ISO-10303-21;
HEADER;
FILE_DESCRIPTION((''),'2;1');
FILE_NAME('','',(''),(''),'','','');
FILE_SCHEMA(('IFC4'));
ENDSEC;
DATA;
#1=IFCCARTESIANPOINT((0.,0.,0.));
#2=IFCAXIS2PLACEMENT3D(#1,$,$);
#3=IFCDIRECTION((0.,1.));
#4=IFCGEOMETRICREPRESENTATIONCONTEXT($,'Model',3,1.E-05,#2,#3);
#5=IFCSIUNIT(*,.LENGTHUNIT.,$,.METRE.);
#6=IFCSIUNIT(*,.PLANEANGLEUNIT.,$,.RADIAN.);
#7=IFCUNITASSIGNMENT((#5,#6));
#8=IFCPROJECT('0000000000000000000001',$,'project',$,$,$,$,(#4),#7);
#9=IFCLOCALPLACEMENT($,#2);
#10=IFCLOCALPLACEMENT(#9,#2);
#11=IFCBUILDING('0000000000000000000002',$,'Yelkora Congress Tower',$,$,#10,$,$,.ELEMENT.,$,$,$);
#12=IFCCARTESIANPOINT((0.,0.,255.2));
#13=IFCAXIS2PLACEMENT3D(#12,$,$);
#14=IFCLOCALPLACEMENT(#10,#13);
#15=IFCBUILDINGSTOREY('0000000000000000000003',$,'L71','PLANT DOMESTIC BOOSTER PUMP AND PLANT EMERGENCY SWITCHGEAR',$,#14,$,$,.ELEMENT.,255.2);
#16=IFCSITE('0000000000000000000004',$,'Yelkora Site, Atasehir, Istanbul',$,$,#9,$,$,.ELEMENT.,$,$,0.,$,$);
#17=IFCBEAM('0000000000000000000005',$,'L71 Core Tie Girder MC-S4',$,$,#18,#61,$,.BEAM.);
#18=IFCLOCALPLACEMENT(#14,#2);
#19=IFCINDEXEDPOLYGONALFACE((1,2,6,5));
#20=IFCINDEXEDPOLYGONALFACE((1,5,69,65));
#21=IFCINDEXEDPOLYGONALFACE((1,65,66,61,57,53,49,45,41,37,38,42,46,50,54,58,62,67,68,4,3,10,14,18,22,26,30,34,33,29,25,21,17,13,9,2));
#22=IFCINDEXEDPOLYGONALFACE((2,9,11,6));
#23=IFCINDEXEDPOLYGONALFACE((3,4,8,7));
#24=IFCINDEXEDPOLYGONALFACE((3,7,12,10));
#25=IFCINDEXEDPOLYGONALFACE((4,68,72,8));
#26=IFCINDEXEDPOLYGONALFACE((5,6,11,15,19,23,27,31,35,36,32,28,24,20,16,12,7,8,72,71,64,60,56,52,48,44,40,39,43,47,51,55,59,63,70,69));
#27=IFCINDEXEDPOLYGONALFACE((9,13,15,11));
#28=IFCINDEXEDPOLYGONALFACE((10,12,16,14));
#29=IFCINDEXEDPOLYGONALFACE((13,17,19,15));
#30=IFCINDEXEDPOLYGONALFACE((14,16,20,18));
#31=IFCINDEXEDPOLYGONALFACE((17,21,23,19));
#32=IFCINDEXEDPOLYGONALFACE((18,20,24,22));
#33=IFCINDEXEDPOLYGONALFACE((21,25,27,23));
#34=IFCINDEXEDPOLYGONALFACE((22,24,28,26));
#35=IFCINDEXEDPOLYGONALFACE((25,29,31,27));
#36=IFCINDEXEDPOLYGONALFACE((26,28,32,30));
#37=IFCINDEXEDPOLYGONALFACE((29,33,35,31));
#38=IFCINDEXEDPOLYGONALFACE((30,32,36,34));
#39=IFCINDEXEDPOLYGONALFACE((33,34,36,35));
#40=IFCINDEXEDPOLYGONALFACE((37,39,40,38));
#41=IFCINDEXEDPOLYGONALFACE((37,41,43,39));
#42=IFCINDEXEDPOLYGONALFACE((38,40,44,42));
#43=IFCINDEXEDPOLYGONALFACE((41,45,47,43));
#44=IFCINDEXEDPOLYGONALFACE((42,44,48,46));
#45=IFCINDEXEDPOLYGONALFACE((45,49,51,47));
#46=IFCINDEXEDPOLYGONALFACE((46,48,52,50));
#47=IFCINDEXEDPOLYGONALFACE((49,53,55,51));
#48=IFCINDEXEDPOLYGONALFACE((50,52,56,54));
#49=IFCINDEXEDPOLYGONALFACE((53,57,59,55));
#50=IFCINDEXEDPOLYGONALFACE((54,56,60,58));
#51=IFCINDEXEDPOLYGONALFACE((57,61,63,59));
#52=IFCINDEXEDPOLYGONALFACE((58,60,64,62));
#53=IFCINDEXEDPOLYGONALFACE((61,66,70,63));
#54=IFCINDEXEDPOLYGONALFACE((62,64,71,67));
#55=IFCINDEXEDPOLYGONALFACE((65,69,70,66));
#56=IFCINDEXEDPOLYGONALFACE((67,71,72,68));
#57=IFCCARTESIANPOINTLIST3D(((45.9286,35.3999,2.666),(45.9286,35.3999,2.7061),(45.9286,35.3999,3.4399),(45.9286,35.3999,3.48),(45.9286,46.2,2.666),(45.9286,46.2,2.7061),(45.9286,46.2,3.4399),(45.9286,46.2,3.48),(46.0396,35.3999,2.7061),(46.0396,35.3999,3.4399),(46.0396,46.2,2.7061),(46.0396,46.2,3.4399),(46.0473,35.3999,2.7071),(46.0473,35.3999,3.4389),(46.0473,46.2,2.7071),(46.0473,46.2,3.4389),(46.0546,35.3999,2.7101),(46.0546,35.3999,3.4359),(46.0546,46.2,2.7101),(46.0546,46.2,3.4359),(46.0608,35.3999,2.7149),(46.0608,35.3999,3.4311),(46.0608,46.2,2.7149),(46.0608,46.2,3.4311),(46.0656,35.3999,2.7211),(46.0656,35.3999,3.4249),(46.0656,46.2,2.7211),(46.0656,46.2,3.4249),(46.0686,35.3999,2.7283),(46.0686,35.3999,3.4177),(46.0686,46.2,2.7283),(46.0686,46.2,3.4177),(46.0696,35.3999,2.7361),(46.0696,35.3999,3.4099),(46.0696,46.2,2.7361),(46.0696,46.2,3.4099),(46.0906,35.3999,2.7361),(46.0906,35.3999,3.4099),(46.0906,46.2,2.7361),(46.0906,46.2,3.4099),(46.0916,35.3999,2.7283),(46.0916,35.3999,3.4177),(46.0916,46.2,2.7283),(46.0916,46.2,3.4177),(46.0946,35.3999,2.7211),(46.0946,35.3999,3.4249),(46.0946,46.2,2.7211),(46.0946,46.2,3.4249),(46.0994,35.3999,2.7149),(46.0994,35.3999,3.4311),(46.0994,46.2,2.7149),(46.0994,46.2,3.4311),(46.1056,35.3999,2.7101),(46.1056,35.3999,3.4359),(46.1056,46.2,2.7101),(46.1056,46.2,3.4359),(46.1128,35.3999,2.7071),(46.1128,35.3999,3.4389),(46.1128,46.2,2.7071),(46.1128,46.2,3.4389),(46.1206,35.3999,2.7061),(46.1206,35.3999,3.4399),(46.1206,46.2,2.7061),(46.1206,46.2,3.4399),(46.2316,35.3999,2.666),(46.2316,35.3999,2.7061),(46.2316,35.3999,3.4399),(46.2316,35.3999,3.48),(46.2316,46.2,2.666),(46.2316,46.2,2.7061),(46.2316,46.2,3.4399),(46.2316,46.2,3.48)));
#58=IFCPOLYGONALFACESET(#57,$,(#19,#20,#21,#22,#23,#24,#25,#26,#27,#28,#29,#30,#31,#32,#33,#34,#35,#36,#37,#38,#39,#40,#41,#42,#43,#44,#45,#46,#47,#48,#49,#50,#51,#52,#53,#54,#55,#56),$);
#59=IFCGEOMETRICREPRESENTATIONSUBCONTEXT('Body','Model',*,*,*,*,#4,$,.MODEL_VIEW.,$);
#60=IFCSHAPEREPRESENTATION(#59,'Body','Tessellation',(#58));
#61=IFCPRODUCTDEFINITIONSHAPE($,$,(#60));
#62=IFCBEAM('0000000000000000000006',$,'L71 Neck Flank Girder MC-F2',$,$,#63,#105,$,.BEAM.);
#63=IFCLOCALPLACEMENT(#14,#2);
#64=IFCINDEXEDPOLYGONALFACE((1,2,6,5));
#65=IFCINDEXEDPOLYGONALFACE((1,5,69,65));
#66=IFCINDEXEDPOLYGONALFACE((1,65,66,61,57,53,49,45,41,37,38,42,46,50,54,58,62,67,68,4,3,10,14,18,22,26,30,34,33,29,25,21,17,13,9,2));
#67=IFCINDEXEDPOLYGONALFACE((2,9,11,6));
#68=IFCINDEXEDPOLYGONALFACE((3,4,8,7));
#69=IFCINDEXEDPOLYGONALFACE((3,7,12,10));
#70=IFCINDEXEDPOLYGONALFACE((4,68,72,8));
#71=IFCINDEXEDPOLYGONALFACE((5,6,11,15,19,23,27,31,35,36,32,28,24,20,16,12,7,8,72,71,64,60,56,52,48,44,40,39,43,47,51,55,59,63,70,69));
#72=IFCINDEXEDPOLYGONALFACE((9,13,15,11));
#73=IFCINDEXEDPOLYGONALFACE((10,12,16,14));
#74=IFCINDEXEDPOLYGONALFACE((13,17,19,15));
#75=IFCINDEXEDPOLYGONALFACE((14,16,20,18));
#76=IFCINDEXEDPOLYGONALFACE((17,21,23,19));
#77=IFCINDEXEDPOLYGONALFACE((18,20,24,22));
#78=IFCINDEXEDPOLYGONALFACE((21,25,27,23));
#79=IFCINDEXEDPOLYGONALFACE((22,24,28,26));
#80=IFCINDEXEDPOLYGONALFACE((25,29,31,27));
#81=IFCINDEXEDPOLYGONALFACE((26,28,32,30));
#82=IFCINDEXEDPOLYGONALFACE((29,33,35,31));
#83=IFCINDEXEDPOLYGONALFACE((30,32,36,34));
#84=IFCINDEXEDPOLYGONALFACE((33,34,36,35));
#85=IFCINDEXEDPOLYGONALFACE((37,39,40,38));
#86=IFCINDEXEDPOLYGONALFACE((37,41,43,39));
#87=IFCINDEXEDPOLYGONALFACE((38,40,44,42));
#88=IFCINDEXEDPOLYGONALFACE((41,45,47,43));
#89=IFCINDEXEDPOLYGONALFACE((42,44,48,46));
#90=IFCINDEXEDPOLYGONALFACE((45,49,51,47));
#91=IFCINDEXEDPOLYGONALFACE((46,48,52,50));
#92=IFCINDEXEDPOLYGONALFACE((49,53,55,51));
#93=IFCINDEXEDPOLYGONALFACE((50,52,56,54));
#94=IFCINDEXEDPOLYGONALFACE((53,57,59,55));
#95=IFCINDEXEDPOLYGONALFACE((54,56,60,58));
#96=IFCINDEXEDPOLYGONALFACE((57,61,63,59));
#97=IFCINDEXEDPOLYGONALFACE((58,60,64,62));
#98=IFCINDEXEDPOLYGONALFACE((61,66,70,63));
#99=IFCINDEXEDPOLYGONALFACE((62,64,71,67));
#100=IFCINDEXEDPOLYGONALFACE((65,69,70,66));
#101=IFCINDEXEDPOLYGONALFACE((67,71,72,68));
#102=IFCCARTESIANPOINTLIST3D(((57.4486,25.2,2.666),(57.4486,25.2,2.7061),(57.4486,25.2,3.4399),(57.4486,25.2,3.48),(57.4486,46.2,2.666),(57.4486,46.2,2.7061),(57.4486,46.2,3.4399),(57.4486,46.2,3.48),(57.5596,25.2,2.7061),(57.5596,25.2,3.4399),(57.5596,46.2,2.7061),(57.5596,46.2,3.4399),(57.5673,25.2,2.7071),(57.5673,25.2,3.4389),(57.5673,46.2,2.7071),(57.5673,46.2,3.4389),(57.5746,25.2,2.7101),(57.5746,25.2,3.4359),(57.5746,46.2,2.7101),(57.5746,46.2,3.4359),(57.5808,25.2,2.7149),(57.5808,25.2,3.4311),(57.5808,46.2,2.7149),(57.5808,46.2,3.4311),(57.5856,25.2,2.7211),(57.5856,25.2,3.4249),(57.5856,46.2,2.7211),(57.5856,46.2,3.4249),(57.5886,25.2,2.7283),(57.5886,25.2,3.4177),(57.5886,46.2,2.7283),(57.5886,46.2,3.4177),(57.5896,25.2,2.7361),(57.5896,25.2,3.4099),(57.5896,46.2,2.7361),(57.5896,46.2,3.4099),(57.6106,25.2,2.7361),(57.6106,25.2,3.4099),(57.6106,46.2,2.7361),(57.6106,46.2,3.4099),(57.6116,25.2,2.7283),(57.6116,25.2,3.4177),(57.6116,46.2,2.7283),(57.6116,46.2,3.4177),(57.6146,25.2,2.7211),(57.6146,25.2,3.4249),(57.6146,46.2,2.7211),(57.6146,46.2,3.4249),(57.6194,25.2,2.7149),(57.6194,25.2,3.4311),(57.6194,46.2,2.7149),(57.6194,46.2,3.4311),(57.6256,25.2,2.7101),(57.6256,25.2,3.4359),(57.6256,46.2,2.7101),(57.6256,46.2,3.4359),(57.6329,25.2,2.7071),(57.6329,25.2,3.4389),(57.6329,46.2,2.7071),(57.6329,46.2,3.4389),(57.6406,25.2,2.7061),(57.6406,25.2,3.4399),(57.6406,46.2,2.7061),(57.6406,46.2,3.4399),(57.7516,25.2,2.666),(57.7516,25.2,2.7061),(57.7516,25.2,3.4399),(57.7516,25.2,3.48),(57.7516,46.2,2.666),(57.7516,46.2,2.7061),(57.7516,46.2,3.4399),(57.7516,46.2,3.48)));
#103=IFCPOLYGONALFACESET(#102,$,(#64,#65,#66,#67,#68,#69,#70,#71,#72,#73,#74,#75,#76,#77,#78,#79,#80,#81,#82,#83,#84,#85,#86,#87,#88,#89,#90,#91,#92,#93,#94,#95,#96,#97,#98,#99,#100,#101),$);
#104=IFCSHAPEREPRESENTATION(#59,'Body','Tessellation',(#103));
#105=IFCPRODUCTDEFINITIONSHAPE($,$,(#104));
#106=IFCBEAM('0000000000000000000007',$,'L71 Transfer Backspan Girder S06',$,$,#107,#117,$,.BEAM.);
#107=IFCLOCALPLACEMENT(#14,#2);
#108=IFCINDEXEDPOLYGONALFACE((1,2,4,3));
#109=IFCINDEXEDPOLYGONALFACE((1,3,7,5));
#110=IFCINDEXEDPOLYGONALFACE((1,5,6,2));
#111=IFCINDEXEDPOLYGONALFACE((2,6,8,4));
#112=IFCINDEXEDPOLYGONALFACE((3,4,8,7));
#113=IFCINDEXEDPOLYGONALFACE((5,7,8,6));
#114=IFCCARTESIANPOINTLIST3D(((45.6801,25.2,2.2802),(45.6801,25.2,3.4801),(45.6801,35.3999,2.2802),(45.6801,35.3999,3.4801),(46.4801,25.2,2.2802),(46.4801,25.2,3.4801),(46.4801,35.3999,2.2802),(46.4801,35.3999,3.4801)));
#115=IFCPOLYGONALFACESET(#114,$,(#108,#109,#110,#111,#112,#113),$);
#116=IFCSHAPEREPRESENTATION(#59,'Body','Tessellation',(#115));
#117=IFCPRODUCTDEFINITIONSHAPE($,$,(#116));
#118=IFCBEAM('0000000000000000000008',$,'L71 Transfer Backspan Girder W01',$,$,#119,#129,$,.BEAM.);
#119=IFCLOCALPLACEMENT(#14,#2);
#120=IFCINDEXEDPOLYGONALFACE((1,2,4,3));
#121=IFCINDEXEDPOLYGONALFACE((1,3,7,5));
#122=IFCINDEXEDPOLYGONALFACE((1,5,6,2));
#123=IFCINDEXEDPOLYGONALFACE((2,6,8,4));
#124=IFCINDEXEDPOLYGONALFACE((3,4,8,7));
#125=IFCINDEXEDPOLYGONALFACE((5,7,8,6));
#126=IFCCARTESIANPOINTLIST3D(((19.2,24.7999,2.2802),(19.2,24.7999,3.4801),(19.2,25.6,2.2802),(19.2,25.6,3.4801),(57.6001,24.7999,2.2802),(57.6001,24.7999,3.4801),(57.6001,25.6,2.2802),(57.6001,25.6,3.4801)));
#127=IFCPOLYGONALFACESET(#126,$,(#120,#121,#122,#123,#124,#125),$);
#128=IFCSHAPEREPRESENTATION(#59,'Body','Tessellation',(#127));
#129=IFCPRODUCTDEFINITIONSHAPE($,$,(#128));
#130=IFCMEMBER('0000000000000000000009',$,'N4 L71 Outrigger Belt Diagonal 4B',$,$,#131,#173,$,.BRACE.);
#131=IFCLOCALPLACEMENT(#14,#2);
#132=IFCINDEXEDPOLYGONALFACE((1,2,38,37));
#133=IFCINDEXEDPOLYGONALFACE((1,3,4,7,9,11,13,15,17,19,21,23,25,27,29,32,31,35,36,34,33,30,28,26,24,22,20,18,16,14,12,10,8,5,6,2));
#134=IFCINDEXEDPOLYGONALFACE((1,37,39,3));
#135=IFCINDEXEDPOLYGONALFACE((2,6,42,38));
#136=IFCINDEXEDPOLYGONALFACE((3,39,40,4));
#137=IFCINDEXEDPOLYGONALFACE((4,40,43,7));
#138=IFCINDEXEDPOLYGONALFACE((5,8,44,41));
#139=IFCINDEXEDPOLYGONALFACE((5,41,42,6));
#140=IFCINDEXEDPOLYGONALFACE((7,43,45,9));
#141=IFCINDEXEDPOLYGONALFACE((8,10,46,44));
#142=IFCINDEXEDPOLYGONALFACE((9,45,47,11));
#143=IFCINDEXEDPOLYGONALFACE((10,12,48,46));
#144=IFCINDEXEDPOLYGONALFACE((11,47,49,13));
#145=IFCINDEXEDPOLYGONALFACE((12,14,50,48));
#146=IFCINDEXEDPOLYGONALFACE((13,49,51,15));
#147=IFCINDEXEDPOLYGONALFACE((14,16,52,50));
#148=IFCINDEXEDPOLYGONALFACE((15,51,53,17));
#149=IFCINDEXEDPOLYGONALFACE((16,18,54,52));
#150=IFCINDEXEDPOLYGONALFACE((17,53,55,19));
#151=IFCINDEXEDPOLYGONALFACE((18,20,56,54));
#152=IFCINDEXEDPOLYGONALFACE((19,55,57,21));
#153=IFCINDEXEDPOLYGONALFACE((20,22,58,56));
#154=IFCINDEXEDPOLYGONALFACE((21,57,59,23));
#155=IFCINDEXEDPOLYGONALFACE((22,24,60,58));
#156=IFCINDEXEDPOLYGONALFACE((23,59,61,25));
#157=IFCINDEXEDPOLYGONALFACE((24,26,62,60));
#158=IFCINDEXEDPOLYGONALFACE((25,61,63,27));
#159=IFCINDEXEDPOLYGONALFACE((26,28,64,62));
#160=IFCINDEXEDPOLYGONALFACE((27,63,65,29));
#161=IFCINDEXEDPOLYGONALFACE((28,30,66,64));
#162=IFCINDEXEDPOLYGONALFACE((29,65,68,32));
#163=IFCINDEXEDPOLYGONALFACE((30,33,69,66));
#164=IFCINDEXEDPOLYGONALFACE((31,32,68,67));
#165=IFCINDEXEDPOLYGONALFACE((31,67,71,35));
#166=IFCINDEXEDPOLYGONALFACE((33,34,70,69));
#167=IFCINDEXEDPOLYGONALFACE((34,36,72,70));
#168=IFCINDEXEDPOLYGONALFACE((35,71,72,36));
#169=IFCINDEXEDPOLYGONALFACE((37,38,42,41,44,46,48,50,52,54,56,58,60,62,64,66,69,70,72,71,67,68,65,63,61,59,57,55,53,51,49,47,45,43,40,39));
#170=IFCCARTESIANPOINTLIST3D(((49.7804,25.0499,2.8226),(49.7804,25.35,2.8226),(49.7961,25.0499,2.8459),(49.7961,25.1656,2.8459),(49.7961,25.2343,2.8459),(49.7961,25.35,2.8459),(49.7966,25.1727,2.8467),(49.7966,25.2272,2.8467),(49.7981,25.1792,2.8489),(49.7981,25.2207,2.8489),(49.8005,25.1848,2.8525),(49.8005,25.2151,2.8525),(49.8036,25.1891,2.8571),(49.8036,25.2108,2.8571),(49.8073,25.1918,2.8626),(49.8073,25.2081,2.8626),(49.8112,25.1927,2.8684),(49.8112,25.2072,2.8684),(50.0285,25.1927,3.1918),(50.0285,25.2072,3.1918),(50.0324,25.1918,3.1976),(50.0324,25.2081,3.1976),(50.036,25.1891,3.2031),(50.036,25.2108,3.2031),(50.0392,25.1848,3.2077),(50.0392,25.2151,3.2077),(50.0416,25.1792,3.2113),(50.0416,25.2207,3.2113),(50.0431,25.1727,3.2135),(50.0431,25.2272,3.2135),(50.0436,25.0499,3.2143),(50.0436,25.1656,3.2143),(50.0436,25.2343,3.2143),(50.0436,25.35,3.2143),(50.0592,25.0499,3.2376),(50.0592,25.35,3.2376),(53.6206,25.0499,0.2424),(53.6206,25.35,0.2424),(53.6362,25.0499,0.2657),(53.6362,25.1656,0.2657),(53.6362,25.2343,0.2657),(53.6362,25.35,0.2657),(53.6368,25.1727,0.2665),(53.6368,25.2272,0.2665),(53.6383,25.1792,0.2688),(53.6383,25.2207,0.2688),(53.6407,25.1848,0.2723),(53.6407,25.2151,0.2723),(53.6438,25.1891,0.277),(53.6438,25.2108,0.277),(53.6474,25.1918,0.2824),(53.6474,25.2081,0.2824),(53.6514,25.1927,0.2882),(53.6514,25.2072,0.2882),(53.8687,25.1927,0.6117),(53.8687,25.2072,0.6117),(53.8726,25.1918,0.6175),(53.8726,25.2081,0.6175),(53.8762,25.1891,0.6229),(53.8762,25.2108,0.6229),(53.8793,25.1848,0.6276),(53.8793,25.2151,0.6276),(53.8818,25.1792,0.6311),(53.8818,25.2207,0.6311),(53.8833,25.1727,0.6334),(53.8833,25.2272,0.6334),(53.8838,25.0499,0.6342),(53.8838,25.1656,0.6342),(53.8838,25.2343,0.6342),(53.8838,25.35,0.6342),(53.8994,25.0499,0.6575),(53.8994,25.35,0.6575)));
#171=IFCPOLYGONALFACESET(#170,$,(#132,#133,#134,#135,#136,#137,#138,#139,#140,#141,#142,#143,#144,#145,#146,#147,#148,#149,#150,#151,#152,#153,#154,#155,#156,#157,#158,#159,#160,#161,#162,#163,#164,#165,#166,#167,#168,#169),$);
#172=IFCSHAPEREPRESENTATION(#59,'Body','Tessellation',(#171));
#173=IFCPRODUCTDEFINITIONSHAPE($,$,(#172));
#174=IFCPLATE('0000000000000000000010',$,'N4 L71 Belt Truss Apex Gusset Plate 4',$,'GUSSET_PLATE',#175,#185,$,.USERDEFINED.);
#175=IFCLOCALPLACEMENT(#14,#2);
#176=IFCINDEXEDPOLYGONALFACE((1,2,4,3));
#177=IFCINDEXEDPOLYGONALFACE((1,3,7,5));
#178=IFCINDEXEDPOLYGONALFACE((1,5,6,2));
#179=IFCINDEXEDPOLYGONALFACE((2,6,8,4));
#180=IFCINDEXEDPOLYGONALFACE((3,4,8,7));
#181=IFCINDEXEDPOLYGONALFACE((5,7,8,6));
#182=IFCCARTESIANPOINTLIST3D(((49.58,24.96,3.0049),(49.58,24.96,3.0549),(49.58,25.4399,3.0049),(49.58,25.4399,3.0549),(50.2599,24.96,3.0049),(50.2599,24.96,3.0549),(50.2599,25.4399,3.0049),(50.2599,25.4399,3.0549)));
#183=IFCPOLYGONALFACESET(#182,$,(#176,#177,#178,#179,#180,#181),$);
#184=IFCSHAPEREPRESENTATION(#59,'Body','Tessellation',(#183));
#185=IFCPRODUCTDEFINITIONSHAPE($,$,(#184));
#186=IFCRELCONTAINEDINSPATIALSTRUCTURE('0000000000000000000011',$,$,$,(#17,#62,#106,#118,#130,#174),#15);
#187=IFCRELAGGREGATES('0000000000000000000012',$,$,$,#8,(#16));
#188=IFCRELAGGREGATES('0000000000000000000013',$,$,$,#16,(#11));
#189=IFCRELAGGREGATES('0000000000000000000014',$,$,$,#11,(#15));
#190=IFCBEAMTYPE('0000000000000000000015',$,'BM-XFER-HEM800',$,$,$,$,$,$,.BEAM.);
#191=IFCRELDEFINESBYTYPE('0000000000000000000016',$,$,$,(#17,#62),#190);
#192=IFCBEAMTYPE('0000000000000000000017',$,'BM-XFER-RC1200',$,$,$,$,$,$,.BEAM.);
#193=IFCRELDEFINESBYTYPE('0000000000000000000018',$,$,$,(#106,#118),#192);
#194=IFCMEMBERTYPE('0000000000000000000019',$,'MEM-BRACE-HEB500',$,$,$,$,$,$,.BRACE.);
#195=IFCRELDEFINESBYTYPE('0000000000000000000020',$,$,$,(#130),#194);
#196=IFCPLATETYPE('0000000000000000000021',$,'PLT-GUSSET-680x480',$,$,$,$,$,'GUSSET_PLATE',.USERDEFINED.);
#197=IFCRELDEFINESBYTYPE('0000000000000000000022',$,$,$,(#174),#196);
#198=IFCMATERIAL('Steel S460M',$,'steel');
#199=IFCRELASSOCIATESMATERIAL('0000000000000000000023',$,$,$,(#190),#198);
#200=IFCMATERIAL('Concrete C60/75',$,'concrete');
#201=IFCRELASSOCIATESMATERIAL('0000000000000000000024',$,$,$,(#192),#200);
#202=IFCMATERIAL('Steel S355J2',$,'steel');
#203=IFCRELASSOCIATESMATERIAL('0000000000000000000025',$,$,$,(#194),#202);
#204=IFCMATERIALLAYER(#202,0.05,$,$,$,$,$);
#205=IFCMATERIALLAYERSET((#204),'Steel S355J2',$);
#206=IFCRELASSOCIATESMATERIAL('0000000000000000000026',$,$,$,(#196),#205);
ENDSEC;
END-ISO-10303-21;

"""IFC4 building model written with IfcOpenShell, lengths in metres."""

from ifc_helpers import new_model, si_unit, direction, frame, origin, origin_2d, place, context, subcontext, project, spatial, rectangle, i_section, extrude, material, layer, layer_set, material_profile, profile_set, type_object, element, save


model = new_model("IFC4")

# Units and contexts
model_context = context("Model", 3, precision=1e-05, world=origin(), true_north=direction((0.0, 1.0)))
body_context = subcontext(model_context, "Body", "Model", "MODEL_VIEW")
ifc_project = project(units=[si_unit("LENGTHUNIT", "METRE"), si_unit("PLANEANGLEUNIT", "RADIAN")], contexts=[model_context])

# Site, building, storey
site_placement = place(None, origin())
site = spatial("IfcSite", under=ifc_project, at=site_placement, Name="Yelkora Site, Atasehir, Istanbul", CompositionType="ELEMENT", RefElevation=0.0)
building_placement = place(site_placement, origin())
building = spatial("IfcBuilding", under=site, at=building_placement, Name="Yelkora Congress Tower", CompositionType="ELEMENT")
storey_placement = place(building_placement, frame((0.0, 0.0, 255.2)))
storey = spatial("IfcBuildingStorey", under=building, at=storey_placement, Name="L71", Description="PLANT DOMESTIC BOOSTER PUMP AND PLANT EMERGENCY SWITCHGEAR", CompositionType="ELEMENT", Elevation=255.2)

# Shared definitions
ifc_material_1 = material(Name="Steel S460M", Category="steel")

# Beams
ifc_material_profile_1 = material_profile(ifc_material_1, i_section(OverallWidth=0.303, OverallDepth=0.814, WebThickness=0.021, FlangeThickness=0.04, FilletRadius=0.03, at=origin_2d()), Name="HEM 800")
ifc_profile_set_1 = profile_set([ifc_material_profile_1], Name="Steel S460M")
beam_type_1 = type_object("IfcBeamType", Name="BM-XFER-HEM800", PredefinedType="BEAM", material=ifc_profile_set_1)
beam_1_placement = place(storey_placement, frame((46.0801, 35.3999, 3.073), z_axis=(0.0, 1.0, 0.0), x_axis=(-1.0, 0.0, 0.0)))
element("IfcBeam", 1, at=beam_1_placement, inside=storey, type_object=beam_type_1, Name="L71 Core Tie Girder MC-S4", PredefinedType="BEAM", context=body_context, shape_type="SweptSolid", body=[
    extrude(i_section(OverallWidth=0.303, OverallDepth=0.814, WebThickness=0.021, FlangeThickness=0.04, FilletRadius=0.03, at=origin_2d()), origin(), (0.0, 0.0, 1.0), 10.8),
])
beam_2_placement = place(storey_placement, frame((57.6001, 25.2, 3.073), z_axis=(0.0, 1.0, 0.0), x_axis=(-1.0, 0.0, 0.0)))
element("IfcBeam", 2, at=beam_2_placement, inside=storey, type_object=beam_type_1, Name="L71 Neck Flank Girder MC-F2", PredefinedType="BEAM", context=body_context, shape_type="SweptSolid", body=[
    extrude(i_section(OverallWidth=0.303, OverallDepth=0.814, WebThickness=0.021, FlangeThickness=0.04, FilletRadius=0.03, at=origin_2d()), origin(), (0.0, 0.0, 1.0), 21.0),
])
ifc_material_2 = material(Name="Concrete C60/75", Category="concrete")
ifc_material_profile_2 = material_profile(ifc_material_2, rectangle(XDim=0.8, YDim=1.2, at=origin_2d()), Name="RC 800x1200")
ifc_profile_set_2 = profile_set([ifc_material_profile_2], Name="Concrete C60/75")
beam_type_2 = type_object("IfcBeamType", Name="BM-XFER-RC1200", PredefinedType="BEAM", material=ifc_profile_set_2)
beam_3_placement = place(storey_placement, frame((46.0801, 35.3999, 2.8801), z_axis=(0.0, -1.0, 0.0), x_axis=(1.0, 0.0, 0.0)))
element("IfcBeam", 3, at=beam_3_placement, inside=storey, type_object=beam_type_2, Name="L71 Transfer Backspan Girder S06", PredefinedType="BEAM", context=body_context, shape_type="SweptSolid", body=[
    extrude(rectangle(XDim=0.8, YDim=1.2, at=origin_2d()), origin(), (0.0, 0.0, 1.0), 10.2),
])
beam_4_placement = place(storey_placement, frame((57.6001, 25.2, 2.8801), z_axis=(-1.0, 0.0, 0.0), x_axis=(0.0, -1.0, 0.0)))
element("IfcBeam", 4, at=beam_4_placement, inside=storey, type_object=beam_type_2, Name="L71 Transfer Backspan Girder W01", PredefinedType="BEAM", context=body_context, shape_type="SweptSolid", body=[
    extrude(rectangle(XDim=0.8, YDim=1.2, at=origin_2d()), origin(), (0.0, 0.0, 1.0), 38.4001),
])

# Member
ifc_material_3 = material(Name="Steel S355J2", Category="steel")
ifc_material_profile_3 = material_profile(ifc_material_3, i_section(OverallWidth=0.3, OverallDepth=0.5, WebThickness=0.0144, FlangeThickness=0.0281, FilletRadius=0.0271, at=origin_2d()), Name="HEB 500")
ifc_profile_set_3 = profile_set([ifc_material_profile_3], Name="Steel S355J2")
member_type = type_object("IfcMemberType", Name="MEM-BRACE-HEB500", PredefinedType="BRACE", material=ifc_profile_set_3)
member_placement = place(storey_placement, frame((53.76, 25.2, 0.45), z_axis=(-0.830048, 0.0, 0.557692), x_axis=(0.0, -1.0, 0.0)))
element("IfcMember", 5, at=member_placement, inside=storey, type_object=member_type, Name="N4 L71 Outrigger Belt Diagonal 4B", PredefinedType="BRACE", context=body_context, shape_type="SweptSolid", body=[
    extrude(i_section(OverallWidth=0.3, OverallDepth=0.5, WebThickness=0.0144, FlangeThickness=0.0281, FilletRadius=0.0271, at=origin_2d()), origin(), (0.0, 0.0, 1.0), 4.6265),
])

# Plate
ifc_layer_1 = layer(ifc_material_3, 0.05)
ifc_layer_set_1 = layer_set([ifc_layer_1], Name="Steel S355J2")
plate_type_1 = type_object("IfcPlateType", Name="PLT-GUSSET-680x480", ElementType="GUSSET_PLATE", PredefinedType="USERDEFINED", material=ifc_layer_set_1)
for number, where, z_axis, x_axis, name in (
    (6, (49.9199, 25.2, 3.0049), (0.0, 0.0, 1.0), (1.0, 0.0, 0.0), "N4 L71 Belt Truss Apex Gusset Plate 4"),
):
    element("IfcPlate", number, at=place(storey_placement, frame(where, z_axis=z_axis, x_axis=x_axis)), inside=storey, type_object=plate_type_1, Name=name, ObjectType="GUSSET_PLATE", PredefinedType="USERDEFINED", context=body_context, shape_type="SweptSolid", body=[
        extrude(rectangle(XDim=0.6799, YDim=0.48, at=origin_2d()), origin(), (0.0, 0.0, 1.0), 0.05),
    ])

save(model, "model.ifc")
